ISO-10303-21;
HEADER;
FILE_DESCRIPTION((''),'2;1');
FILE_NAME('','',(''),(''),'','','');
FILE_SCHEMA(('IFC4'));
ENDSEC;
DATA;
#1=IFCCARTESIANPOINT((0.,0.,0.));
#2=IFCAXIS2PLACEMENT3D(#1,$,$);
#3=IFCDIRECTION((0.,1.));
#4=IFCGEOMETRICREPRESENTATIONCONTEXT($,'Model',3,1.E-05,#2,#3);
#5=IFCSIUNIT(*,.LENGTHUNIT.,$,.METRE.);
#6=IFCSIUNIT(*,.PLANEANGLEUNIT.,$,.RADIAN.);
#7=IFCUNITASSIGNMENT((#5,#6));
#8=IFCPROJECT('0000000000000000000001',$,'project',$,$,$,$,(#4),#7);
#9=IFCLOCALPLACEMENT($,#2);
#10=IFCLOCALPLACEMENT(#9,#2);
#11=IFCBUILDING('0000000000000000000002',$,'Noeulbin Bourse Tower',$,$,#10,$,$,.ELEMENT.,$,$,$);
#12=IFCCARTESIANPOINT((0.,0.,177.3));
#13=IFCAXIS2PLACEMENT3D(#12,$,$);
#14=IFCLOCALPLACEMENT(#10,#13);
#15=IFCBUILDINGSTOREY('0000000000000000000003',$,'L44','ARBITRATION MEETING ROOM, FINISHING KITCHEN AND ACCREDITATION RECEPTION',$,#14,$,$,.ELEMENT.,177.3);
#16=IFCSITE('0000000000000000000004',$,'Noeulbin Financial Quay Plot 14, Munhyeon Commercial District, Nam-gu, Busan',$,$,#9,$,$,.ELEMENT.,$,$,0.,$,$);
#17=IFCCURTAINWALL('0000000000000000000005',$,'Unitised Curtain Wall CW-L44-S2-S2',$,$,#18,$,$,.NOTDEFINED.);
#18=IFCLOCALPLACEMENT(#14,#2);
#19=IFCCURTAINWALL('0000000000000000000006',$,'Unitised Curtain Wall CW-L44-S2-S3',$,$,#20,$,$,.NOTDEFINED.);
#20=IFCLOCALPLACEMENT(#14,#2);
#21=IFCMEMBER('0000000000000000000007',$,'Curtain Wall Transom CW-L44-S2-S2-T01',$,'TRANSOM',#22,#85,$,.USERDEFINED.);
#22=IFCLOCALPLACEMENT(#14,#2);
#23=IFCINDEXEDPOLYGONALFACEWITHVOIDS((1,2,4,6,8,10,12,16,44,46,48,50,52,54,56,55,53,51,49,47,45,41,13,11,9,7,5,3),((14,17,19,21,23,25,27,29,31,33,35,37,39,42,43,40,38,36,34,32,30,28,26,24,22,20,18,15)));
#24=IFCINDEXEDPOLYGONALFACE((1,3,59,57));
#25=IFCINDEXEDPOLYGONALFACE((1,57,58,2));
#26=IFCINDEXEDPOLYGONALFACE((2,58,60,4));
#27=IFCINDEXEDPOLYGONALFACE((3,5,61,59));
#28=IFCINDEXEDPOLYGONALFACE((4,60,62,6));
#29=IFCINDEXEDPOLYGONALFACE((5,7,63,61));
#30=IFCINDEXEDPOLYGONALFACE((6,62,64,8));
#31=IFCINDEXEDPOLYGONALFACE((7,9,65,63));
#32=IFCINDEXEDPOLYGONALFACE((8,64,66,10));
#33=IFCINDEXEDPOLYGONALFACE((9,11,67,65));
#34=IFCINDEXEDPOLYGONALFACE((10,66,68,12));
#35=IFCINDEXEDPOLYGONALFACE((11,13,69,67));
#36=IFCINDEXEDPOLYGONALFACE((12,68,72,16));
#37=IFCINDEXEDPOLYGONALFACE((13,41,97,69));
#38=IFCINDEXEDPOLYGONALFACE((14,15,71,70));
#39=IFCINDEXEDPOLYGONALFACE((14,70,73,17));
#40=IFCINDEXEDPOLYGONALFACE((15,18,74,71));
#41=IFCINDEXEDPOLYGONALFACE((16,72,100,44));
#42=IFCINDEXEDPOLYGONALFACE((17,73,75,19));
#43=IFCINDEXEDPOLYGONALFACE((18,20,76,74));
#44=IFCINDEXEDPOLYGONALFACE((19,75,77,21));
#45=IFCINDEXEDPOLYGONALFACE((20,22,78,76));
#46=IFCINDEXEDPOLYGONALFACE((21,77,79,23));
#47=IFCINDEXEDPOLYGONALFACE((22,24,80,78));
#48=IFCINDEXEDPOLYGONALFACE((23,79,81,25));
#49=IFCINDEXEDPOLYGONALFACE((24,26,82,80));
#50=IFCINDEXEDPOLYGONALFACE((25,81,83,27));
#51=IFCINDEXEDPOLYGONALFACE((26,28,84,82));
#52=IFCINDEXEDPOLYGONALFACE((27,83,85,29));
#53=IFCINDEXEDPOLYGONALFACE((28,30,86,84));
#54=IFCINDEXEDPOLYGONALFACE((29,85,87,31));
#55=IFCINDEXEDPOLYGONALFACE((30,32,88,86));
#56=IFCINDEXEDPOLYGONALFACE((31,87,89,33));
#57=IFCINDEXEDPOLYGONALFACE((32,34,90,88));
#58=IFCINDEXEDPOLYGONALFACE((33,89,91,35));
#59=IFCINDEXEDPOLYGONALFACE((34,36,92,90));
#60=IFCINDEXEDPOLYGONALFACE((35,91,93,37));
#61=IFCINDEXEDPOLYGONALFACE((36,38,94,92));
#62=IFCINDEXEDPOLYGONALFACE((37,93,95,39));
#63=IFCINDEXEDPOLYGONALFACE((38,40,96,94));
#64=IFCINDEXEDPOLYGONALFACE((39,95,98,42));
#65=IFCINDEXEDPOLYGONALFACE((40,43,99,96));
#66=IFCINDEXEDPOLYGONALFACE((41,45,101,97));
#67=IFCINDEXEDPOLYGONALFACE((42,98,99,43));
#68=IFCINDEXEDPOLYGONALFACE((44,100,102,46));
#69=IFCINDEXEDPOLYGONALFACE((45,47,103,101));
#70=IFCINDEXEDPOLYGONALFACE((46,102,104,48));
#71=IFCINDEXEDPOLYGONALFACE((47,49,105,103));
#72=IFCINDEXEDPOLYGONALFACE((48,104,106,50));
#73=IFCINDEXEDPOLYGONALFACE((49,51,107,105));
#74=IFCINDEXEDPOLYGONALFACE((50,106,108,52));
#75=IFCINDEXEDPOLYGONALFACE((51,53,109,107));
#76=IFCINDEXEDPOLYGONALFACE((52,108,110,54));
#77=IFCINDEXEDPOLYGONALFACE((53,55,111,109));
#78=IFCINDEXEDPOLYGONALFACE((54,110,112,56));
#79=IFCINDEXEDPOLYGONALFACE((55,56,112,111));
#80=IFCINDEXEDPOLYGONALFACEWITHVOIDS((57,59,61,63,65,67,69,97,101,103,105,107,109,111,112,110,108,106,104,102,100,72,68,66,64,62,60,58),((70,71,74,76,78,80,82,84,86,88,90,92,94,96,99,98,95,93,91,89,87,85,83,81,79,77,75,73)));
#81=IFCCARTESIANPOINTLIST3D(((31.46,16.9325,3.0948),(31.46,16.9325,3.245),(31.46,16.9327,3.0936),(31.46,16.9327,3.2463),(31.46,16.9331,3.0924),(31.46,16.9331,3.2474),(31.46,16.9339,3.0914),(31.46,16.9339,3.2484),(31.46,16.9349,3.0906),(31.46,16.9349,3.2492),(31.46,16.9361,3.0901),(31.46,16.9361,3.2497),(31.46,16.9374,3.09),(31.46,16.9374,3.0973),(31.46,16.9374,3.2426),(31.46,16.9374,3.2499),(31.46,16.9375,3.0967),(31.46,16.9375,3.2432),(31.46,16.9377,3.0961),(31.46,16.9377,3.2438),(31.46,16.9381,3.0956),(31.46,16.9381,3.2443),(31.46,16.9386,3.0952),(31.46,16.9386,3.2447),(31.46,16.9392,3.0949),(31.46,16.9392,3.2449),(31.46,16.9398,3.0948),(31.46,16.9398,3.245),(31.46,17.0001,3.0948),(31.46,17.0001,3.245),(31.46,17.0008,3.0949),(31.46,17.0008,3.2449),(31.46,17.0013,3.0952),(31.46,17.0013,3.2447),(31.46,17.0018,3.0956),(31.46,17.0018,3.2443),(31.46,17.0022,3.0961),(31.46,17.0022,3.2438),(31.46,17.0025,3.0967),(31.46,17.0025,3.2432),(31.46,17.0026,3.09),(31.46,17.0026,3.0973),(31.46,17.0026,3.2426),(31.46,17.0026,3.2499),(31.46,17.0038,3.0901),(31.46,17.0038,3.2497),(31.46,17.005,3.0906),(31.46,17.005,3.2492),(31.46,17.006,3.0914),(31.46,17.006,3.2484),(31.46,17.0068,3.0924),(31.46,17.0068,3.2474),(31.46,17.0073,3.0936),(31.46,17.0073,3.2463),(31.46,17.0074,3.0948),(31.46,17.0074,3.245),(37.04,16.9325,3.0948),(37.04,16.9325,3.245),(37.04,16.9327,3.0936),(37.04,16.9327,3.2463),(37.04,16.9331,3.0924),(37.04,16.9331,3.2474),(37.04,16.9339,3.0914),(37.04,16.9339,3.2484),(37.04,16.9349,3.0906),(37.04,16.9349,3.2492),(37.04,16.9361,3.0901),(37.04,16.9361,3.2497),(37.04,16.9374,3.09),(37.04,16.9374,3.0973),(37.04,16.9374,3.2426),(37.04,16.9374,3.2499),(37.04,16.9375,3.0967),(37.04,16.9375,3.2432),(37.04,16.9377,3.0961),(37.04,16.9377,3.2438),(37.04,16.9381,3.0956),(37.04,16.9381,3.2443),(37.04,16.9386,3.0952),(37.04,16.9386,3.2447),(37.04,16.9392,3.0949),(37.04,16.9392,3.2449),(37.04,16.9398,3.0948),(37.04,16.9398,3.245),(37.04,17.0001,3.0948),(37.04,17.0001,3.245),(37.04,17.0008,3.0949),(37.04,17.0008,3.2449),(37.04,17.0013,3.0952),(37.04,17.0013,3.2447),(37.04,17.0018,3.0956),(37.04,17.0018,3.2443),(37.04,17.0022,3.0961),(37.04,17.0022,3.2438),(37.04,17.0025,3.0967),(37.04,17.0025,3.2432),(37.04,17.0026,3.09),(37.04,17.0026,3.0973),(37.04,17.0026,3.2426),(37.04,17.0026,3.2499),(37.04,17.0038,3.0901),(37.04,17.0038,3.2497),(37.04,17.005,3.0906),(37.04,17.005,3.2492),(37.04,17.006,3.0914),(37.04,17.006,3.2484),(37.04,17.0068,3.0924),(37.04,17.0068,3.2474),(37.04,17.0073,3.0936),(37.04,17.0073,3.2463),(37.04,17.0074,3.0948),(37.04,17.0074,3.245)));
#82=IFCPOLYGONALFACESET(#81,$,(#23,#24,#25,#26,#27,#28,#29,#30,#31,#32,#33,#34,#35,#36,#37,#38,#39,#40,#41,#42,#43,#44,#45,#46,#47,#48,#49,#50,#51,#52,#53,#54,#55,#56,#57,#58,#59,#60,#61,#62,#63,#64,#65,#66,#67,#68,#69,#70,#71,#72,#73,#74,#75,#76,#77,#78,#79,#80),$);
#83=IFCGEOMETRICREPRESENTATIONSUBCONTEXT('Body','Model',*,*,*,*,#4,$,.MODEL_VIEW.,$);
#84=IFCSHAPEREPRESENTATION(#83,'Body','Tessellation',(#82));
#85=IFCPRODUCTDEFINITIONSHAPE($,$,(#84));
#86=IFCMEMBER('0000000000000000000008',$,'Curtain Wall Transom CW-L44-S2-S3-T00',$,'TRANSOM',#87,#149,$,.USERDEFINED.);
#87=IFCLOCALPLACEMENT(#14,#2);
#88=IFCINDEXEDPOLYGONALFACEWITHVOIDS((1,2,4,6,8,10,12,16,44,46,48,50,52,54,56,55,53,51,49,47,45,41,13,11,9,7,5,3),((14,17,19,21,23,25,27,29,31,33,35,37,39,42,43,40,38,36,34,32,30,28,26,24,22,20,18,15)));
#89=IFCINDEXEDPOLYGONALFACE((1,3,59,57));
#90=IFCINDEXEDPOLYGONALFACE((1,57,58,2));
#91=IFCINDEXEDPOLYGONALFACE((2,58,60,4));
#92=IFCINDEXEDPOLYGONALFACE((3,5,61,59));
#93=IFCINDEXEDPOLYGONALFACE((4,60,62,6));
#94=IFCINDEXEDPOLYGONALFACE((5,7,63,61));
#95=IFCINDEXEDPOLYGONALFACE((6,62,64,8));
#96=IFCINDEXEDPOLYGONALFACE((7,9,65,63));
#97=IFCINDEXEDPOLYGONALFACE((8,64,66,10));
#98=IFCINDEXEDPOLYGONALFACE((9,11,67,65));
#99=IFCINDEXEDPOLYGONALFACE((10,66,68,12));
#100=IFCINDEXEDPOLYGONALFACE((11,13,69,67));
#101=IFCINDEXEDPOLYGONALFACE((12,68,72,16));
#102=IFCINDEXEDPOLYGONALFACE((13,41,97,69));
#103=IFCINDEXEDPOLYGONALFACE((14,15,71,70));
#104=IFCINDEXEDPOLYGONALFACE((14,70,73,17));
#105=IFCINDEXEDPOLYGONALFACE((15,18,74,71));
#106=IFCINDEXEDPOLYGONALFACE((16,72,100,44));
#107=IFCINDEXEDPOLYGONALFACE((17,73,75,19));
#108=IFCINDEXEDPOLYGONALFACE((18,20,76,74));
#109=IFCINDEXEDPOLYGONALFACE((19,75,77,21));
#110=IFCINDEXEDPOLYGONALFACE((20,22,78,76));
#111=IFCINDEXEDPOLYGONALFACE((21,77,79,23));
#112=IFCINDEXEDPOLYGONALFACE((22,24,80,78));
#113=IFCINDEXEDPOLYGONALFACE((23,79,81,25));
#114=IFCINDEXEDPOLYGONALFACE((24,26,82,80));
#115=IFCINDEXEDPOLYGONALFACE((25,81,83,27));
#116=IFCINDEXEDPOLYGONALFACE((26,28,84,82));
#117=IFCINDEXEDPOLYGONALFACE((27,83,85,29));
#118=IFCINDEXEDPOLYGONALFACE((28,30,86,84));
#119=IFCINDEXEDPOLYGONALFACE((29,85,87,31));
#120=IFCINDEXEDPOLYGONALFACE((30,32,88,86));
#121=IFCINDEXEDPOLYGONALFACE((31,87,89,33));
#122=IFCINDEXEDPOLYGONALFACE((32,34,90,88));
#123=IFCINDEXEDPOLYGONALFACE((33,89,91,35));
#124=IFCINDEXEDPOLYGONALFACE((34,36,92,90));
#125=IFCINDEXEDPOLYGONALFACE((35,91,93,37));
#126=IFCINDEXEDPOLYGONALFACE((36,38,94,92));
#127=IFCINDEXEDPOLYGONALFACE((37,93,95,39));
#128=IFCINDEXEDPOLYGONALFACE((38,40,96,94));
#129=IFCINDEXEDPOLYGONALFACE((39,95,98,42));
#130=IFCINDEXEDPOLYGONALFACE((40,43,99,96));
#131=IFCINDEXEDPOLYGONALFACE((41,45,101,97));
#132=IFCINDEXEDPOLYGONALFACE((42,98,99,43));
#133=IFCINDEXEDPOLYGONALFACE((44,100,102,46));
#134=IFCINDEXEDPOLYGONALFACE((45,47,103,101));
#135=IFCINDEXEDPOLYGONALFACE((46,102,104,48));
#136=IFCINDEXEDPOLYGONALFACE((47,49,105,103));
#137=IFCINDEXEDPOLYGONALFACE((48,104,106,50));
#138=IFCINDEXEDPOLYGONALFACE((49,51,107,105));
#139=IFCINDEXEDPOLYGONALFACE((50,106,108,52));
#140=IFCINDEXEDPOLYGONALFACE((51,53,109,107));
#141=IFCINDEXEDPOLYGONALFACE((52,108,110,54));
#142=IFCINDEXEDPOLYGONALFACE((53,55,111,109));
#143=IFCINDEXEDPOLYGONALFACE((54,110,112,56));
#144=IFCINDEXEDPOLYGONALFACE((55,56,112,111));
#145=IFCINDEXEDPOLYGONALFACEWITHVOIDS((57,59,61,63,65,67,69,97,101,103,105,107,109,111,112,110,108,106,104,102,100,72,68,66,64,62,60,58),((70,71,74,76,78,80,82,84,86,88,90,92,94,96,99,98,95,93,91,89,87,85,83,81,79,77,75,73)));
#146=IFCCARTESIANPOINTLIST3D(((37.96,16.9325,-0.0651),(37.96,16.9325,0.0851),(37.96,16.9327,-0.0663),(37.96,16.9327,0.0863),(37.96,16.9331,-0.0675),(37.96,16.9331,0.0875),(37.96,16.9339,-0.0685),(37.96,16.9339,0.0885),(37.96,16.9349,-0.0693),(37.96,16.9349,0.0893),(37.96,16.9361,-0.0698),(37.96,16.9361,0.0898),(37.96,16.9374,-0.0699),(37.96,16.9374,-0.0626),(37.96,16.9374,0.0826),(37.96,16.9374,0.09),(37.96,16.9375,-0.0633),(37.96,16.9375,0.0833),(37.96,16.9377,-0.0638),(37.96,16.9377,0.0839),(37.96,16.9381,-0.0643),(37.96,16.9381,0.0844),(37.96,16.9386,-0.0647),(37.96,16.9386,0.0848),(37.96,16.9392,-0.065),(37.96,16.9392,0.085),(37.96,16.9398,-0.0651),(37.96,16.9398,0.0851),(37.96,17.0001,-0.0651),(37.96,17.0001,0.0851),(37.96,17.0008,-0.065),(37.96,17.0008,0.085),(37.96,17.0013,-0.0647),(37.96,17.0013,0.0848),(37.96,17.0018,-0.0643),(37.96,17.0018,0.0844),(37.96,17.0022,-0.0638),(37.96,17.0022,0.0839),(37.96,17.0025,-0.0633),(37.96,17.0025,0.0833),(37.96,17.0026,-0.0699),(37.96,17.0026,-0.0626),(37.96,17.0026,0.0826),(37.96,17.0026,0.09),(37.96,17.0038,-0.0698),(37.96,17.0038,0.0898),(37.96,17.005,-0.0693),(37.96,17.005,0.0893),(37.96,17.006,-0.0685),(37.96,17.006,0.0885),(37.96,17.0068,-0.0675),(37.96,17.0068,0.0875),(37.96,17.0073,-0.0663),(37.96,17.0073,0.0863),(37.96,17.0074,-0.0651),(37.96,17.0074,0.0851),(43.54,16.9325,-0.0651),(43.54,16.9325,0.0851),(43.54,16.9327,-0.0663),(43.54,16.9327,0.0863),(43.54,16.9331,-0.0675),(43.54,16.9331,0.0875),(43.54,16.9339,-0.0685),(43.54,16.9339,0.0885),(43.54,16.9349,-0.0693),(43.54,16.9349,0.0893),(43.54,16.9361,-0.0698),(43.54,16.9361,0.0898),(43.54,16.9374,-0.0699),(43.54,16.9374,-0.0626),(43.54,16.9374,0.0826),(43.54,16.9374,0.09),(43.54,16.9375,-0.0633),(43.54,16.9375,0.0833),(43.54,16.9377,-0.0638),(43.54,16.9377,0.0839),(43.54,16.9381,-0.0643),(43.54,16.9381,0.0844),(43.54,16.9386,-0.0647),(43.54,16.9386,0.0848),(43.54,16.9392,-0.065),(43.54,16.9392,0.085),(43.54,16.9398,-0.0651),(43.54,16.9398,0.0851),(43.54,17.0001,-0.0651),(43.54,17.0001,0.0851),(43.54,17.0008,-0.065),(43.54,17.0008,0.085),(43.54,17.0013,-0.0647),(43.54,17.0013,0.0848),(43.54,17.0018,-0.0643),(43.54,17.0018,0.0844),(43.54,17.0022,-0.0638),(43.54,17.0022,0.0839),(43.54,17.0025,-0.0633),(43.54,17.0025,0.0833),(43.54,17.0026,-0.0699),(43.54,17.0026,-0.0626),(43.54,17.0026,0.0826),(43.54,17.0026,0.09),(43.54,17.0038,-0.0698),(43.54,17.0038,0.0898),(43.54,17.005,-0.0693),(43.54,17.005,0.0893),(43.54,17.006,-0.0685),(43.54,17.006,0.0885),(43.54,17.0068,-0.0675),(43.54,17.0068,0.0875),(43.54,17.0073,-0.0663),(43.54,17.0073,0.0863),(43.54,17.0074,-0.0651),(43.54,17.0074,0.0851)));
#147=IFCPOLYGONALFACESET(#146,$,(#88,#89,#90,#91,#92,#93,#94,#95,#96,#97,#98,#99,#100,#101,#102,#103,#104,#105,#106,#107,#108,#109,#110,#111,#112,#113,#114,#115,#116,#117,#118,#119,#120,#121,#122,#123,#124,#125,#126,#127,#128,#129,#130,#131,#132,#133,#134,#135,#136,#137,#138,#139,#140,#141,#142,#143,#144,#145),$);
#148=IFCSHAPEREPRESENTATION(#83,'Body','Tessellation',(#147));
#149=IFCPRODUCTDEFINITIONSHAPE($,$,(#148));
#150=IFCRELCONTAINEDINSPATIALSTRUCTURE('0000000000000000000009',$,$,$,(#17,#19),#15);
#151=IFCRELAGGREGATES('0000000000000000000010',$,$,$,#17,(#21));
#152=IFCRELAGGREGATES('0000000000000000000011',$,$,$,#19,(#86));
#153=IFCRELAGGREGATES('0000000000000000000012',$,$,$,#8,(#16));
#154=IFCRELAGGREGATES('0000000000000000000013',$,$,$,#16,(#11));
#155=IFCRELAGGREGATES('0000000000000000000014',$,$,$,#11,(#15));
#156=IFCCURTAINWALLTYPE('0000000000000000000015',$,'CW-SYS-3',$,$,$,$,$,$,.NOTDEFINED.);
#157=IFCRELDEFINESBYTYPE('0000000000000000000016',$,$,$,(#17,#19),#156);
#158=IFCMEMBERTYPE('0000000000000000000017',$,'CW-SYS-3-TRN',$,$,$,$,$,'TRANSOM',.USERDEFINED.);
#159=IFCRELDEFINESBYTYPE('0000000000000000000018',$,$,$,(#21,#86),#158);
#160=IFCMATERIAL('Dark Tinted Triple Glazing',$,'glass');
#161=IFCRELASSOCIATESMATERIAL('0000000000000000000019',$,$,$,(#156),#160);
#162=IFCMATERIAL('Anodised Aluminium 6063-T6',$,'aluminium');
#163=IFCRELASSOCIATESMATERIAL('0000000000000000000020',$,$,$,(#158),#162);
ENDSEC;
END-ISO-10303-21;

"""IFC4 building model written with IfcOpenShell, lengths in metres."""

from ifc_helpers import new_model, si_unit, direction, frame, origin, origin_2d, place, context, subcontext, project, spatial, hollow_rectangle, extrude, material, material_profile, profile_set, type_object, element, aggregate, save


model = new_model("IFC4")

# Units and contexts
model_context = context("Model", 3, precision=1e-05, world=origin(), true_north=direction((0.0, 1.0)))
body_context = subcontext(model_context, "Body", "Model", "MODEL_VIEW")
ifc_project = project(units=[si_unit("LENGTHUNIT", "METRE"), si_unit("PLANEANGLEUNIT", "RADIAN")], contexts=[model_context])

# Site, building, storey
site_placement = place(None, origin())
site = spatial("IfcSite", under=ifc_project, at=site_placement, Name="Noeulbin Financial Quay Plot 14, Munhyeon Commercial District, Nam-gu, Busan", CompositionType="ELEMENT", RefElevation=0.0)
building_placement = place(site_placement, origin())
building = spatial("IfcBuilding", under=site, at=building_placement, Name="Noeulbin Bourse Tower", CompositionType="ELEMENT")
storey_placement = place(building_placement, frame((0.0, 0.0, 177.3)))
storey = spatial("IfcBuildingStorey", under=building, at=storey_placement, Name="L44", Description="ARBITRATION MEETING ROOM, FINISHING KITCHEN AND ACCREDITATION RECEPTION", CompositionType="ELEMENT", Elevation=177.3)

# Curtain wall
ifc_material_1 = material(Name="Dark Tinted Triple Glazing", Category="glass")
curtain_wall_type = type_object("IfcCurtainWallType", Name="CW-SYS-3", PredefinedType="NOTDEFINED", material=ifc_material_1)
curtain_wall_1_placement = place(storey_placement, origin())
curtain_wall_1 = element("IfcCurtainWall", 1, at=curtain_wall_1_placement, inside=storey, type_object=curtain_wall_type, Name="Unitised Curtain Wall CW-L44-S2-S2", PredefinedType="NOTDEFINED")
ifc_material_2 = material(Name="Anodised Aluminium 6063-T6", Category="aluminium")

# Curtain wall
curtain_wall_2_placement = place(storey_placement, origin())
curtain_wall_2 = element("IfcCurtainWall", 2, at=curtain_wall_2_placement, inside=storey, type_object=curtain_wall_type, Name="Unitised Curtain Wall CW-L44-S2-S3", PredefinedType="NOTDEFINED")

# Members
ifc_material_profile_1 = material_profile(ifc_material_2, hollow_rectangle(XDim=0.075, YDim=0.1599, WallThickness=0.0049, InnerFilletRadius=0.0024, OuterFilletRadius=0.0049, at=origin_2d()), Name="ALU-TRAN-75x160x5", Category="LoadBearing")
ifc_profile_set_1 = profile_set([ifc_material_profile_1], Name="Anodised Aluminium 6063-T6")
member_type_1 = type_object("IfcMemberType", Name="CW-SYS-3-TRN", ElementType="TRANSOM", PredefinedType="USERDEFINED", material=ifc_profile_set_1)
member_1_placement = place(storey_placement, frame((31.46, 16.97, 3.1699), z_axis=(1.0, 0.0, 0.0), x_axis=(0.0, 1.0, 0.0)))
member_1 = element("IfcMember", 3, at=member_1_placement, type_object=member_type_1, Name="Curtain Wall Transom CW-L44-S2-S2-T01", ObjectType="TRANSOM", PredefinedType="USERDEFINED", context=body_context, shape_type="SweptSolid", body=[
    extrude(hollow_rectangle(XDim=0.075, YDim=0.1599, WallThickness=0.0049, InnerFilletRadius=0.0024, OuterFilletRadius=0.0049, at=origin_2d()), origin(), (0.0, 0.0, 1.0), 5.5801),
])
member_2_placement = place(storey_placement, frame((37.96, 16.97, 0.01), z_axis=(1.0, 0.0, 0.0), x_axis=(0.0, 1.0, 0.0)))
member_2 = element("IfcMember", 4, at=member_2_placement, type_object=member_type_1, Name="Curtain Wall Transom CW-L44-S2-S3-T00", ObjectType="TRANSOM", PredefinedType="USERDEFINED", context=body_context, shape_type="SweptSolid", body=[
    extrude(hollow_rectangle(XDim=0.075, YDim=0.1599, WallThickness=0.0049, InnerFilletRadius=0.0024, OuterFilletRadius=0.0049, at=origin_2d()), origin(), (0.0, 0.0, 1.0), 5.5801),
])

aggregate(curtain_wall_1, [member_1])
aggregate(curtain_wall_2, [member_2])

save(model, "model.ifc")
